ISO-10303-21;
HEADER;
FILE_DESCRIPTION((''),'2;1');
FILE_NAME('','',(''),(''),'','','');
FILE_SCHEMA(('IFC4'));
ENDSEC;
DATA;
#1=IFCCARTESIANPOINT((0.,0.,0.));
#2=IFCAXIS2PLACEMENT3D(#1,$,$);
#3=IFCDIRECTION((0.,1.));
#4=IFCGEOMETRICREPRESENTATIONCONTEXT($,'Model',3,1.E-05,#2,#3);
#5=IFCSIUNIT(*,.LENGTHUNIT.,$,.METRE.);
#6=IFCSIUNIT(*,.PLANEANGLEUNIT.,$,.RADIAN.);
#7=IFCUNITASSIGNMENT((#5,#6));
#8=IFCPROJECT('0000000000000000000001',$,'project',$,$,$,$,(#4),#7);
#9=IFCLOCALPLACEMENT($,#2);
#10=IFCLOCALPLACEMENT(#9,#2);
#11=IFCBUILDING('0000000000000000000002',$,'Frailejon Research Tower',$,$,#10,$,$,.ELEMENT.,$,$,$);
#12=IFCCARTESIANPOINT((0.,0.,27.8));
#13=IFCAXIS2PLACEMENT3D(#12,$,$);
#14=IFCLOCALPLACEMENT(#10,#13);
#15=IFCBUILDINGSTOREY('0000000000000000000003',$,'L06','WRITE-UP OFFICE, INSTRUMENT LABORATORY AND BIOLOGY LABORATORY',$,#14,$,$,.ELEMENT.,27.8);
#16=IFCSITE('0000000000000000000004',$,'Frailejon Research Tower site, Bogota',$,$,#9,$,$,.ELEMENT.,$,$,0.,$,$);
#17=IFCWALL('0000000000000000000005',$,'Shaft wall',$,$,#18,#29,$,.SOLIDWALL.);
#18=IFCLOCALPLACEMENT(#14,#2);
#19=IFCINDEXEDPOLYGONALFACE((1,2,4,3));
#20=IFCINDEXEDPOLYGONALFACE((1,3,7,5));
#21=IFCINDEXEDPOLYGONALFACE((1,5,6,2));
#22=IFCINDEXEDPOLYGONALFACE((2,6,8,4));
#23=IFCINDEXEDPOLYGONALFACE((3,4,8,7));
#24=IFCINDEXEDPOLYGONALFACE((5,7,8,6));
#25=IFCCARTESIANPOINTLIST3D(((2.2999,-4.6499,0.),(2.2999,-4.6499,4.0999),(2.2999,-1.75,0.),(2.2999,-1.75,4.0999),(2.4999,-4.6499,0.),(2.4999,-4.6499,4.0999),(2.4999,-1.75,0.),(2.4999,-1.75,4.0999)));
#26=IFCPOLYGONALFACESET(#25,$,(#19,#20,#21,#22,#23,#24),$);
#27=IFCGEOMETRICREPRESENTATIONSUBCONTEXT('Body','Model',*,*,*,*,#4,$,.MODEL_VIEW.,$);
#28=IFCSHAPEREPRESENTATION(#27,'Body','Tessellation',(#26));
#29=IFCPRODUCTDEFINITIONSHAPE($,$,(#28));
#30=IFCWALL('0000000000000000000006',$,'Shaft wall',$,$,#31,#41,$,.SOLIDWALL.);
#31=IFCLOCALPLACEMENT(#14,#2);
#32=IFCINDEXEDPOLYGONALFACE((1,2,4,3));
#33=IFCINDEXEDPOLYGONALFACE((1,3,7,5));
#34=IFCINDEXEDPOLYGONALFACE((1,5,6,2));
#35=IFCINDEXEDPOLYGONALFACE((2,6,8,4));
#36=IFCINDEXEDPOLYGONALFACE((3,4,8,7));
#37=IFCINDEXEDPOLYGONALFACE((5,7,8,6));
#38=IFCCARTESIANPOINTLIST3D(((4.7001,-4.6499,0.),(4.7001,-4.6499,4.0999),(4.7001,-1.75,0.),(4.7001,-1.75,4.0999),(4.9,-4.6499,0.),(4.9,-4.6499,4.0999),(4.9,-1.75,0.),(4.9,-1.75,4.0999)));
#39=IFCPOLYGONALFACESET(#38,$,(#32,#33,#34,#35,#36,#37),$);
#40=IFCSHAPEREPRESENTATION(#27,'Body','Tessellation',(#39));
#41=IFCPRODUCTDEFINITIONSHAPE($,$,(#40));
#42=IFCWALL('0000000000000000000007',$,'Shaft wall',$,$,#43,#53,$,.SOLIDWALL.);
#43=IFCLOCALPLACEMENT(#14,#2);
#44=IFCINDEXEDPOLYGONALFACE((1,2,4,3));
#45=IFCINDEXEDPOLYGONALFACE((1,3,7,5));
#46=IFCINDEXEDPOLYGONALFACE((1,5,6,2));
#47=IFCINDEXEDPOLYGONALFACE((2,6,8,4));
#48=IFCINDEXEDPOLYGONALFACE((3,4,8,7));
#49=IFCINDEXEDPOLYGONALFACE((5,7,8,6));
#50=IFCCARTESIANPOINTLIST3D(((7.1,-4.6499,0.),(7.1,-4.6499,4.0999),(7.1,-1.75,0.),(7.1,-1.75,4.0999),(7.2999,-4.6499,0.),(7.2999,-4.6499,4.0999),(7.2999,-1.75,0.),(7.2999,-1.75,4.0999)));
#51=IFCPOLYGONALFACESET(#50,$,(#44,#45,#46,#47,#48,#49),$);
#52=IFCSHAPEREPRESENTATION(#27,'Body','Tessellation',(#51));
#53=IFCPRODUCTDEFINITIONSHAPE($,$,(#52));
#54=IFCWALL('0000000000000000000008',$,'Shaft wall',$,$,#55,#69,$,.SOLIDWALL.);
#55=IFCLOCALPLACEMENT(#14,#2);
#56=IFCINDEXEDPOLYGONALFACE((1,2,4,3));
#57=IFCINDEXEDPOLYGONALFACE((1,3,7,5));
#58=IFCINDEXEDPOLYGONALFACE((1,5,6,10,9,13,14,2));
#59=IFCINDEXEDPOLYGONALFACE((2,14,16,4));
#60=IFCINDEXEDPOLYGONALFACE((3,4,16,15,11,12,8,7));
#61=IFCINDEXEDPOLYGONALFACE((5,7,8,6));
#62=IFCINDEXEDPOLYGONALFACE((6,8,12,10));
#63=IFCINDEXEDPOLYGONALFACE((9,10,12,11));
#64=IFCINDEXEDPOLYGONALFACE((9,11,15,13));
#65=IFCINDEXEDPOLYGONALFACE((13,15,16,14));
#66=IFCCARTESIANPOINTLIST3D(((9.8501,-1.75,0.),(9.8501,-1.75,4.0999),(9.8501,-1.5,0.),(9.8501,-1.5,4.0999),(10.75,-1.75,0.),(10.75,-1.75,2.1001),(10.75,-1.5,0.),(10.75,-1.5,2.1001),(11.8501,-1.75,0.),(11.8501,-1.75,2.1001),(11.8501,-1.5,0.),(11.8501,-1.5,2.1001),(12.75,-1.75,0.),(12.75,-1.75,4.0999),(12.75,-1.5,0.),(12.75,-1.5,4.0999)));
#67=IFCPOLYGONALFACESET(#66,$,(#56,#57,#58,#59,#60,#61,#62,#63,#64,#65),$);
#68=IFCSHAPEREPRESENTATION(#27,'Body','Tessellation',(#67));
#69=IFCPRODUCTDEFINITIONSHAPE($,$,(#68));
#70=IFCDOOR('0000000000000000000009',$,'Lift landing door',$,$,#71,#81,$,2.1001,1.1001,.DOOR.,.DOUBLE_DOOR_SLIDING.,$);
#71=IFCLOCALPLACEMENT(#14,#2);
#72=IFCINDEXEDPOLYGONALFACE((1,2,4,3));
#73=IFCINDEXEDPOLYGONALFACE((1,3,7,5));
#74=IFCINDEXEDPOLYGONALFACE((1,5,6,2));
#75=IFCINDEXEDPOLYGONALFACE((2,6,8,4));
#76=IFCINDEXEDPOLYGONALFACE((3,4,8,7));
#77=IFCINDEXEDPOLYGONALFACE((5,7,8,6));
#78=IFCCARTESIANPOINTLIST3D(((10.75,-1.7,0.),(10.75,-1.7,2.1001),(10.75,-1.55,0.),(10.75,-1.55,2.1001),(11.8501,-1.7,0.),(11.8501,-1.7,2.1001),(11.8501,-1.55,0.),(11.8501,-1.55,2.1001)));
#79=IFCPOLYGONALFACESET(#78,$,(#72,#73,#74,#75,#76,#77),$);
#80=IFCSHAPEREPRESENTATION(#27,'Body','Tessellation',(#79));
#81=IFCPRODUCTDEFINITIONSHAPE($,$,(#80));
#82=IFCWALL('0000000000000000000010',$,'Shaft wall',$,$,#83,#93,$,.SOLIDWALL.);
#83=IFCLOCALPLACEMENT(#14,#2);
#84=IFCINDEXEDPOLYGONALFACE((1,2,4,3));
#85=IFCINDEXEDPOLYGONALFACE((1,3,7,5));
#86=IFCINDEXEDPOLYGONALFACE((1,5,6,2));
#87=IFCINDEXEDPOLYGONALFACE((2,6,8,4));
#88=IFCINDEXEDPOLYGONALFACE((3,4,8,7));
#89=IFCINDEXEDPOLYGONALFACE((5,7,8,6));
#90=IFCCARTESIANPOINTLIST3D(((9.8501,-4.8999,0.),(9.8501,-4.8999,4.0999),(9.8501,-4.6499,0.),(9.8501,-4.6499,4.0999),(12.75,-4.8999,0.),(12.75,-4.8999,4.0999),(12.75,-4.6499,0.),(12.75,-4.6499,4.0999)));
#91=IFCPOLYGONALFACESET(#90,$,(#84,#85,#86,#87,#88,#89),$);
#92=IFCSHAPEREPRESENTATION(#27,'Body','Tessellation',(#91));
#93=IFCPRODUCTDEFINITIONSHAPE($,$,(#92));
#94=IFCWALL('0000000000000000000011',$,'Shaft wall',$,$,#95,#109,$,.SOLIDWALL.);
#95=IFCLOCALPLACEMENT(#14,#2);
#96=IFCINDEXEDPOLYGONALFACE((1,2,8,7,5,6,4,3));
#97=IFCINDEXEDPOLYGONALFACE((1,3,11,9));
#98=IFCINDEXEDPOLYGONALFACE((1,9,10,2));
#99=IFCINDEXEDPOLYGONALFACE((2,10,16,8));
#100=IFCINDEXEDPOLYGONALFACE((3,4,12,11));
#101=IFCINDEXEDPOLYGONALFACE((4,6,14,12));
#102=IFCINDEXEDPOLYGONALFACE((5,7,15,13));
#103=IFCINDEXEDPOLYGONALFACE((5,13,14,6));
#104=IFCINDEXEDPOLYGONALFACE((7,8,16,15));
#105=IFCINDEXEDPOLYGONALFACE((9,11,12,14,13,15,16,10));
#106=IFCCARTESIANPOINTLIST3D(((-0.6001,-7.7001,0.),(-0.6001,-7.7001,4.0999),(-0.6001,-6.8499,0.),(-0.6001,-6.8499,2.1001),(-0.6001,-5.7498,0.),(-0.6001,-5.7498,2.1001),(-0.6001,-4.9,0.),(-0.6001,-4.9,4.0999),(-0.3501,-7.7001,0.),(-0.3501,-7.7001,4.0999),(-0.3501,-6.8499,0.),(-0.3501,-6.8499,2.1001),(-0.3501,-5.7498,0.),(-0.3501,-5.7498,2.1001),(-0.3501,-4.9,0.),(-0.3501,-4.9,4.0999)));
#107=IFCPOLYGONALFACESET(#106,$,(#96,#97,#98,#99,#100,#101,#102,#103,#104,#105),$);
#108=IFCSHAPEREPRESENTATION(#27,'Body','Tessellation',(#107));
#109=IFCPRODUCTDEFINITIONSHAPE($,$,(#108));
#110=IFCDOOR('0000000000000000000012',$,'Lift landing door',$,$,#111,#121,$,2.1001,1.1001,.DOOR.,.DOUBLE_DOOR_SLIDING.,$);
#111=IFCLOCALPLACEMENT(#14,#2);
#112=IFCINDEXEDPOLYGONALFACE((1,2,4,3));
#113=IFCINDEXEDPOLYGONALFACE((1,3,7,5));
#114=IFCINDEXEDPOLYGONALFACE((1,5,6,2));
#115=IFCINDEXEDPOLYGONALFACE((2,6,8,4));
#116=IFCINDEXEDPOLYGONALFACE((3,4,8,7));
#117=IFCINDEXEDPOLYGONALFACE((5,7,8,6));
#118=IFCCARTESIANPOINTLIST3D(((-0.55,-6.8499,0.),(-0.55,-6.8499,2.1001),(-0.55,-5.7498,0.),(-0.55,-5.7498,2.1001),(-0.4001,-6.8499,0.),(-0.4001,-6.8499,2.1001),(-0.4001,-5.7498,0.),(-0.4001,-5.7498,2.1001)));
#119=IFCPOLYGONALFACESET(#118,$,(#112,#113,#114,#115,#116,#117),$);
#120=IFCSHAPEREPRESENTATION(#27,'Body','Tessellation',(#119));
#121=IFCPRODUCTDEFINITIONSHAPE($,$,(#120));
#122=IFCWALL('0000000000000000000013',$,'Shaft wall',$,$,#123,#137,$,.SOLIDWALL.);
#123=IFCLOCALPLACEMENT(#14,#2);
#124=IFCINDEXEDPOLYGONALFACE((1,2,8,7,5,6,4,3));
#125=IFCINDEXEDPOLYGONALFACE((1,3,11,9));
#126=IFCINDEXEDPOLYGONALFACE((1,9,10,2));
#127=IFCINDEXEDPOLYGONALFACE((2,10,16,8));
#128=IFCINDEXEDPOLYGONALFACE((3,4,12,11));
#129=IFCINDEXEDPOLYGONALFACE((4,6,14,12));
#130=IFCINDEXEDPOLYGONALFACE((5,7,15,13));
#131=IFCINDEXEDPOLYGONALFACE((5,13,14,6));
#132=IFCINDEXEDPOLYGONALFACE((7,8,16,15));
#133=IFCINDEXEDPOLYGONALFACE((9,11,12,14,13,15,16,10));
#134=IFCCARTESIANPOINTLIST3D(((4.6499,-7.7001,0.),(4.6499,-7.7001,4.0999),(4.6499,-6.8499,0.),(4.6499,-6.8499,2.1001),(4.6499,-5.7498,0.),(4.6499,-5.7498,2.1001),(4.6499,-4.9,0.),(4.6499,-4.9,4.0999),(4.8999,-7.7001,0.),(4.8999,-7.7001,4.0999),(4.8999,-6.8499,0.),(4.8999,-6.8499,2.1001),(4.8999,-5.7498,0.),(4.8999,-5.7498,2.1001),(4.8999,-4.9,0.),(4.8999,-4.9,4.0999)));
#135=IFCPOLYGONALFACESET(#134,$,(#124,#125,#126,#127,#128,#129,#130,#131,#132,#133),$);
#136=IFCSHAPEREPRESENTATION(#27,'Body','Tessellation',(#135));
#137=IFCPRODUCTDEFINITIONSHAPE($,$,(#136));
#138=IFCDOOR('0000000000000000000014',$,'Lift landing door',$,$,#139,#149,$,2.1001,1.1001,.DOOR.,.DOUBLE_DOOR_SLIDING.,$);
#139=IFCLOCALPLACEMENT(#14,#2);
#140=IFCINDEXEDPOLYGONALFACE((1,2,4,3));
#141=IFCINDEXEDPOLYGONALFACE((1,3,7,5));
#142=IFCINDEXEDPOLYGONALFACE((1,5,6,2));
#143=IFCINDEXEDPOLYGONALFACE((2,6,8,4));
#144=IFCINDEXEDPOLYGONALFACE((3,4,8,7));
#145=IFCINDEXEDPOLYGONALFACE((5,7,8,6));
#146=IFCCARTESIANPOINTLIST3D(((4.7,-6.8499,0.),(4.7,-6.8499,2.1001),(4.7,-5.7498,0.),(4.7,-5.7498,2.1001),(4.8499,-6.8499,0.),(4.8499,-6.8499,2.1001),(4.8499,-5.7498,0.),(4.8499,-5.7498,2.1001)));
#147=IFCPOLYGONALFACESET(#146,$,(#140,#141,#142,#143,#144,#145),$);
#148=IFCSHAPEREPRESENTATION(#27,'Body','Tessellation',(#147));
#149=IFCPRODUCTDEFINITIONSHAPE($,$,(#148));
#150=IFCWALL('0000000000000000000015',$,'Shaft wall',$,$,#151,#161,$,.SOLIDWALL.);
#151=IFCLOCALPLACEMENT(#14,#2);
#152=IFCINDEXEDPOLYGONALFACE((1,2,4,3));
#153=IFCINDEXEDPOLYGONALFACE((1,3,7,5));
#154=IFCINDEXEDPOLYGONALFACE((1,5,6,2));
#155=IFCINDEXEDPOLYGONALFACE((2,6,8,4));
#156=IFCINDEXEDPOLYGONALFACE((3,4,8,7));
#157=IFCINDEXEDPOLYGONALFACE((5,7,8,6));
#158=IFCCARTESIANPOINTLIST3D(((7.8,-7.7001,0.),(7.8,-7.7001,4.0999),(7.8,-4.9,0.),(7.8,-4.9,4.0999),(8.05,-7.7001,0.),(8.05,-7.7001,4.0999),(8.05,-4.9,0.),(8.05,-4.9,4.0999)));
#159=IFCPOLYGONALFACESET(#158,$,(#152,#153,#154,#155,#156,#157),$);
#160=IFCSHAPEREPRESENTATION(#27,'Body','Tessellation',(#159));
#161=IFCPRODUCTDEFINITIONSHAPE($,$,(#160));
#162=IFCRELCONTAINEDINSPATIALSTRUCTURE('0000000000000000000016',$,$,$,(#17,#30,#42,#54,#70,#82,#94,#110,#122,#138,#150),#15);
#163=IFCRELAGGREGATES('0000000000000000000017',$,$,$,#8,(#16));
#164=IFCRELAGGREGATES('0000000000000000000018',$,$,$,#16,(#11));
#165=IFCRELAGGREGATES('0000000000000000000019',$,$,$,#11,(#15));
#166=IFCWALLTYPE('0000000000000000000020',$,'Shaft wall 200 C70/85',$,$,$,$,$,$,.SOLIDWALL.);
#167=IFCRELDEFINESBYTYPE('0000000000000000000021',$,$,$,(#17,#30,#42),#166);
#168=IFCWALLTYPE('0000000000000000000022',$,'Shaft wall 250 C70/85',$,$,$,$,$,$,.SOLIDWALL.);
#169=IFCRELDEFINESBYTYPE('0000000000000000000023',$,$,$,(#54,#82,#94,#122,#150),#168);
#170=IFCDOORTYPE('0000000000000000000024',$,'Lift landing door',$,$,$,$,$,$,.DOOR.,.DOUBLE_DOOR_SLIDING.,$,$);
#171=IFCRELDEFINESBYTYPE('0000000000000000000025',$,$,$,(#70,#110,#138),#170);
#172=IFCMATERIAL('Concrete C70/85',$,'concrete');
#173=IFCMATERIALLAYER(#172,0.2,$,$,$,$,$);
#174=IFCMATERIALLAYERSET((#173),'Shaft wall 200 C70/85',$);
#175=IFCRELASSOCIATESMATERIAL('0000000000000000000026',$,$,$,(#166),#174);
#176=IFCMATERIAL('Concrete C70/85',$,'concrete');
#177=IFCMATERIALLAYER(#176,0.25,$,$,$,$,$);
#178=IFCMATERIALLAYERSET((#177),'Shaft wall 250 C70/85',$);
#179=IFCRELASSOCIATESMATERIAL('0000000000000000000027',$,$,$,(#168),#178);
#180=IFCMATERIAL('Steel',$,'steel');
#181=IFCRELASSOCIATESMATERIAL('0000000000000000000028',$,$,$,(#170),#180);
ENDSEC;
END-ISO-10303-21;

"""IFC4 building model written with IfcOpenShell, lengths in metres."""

from ifc_helpers import new_model, si_unit, direction, frame, frame_2d, origin, place, context, subcontext, project, spatial, rectangle, extrude, material, layer, layer_set, type_object, element, fill, save


model = new_model("IFC4")

# Units and contexts
model_context = context("Model", 3, precision=1e-05, world=origin(), true_north=direction((0.0, 1.0)))
body_context = subcontext(model_context, "Body", "Model", "MODEL_VIEW")
ifc_project = project(units=[si_unit("LENGTHUNIT", "METRE"), si_unit("PLANEANGLEUNIT", "RADIAN")], contexts=[model_context])

# Site, building, storey
site_placement = place(None, origin())
site = spatial("IfcSite", under=ifc_project, at=site_placement, Name="Frailejon Research Tower site, Bogota", CompositionType="ELEMENT", RefElevation=0.0)
building_placement = place(site_placement, origin())
building = spatial("IfcBuilding", under=site, at=building_placement, Name="Frailejon Research Tower", CompositionType="ELEMENT")
storey_placement = place(building_placement, frame((0.0, 0.0, 27.8)))
storey = spatial("IfcBuildingStorey", under=building, at=storey_placement, Name="L06", Description="WRITE-UP OFFICE, INSTRUMENT LABORATORY AND BIOLOGY LABORATORY", CompositionType="ELEMENT", Elevation=27.8)

# Walls
ifc_material_1 = material(Name="Concrete C70/85", Category="concrete")
ifc_layer_1 = layer(ifc_material_1, 0.2)
ifc_layer_set_1 = layer_set([ifc_layer_1], Name="Shaft wall 200 C70/85")
wall_type_1 = type_object("IfcWallType", Name="Shaft wall 200 C70/85", PredefinedType="SOLIDWALL", material=ifc_layer_set_1)
for number, where, z_axis, x_axis, name in (
    (1, (2.3999, -4.6499, 0.0), (0.0, 0.0, 1.0), (0.0, 1.0, 0.0), "Shaft wall"),
    (2, (4.8, -4.6499, 0.0), (0.0, 0.0, 1.0), (0.0, 1.0, 0.0), "Shaft wall"),
    (3, (7.2, -4.6499, 0.0), (0.0, 0.0, 1.0), (0.0, 1.0, 0.0), "Shaft wall"),
):
    element("IfcWall", number, at=place(storey_placement, frame(where, z_axis=z_axis, x_axis=x_axis)), inside=storey, type_object=wall_type_1, Name=name, PredefinedType="SOLIDWALL", context=body_context, shape_type="SweptSolid", body=[
        extrude(rectangle(XDim=2.8999, YDim=0.2, at=frame_2d((1.45, 0.0))), origin(), (0.0, 0.0, 1.0), 4.0999),
    ])

# Wall, opening, door
ifc_material_2 = material(Name="Concrete C70/85", Category="concrete")
ifc_layer_2 = layer(ifc_material_2, 0.25)
ifc_layer_set_2 = layer_set([ifc_layer_2], Name="Shaft wall 250 C70/85")
wall_type_2 = type_object("IfcWallType", Name="Shaft wall 250 C70/85", PredefinedType="SOLIDWALL", material=ifc_layer_set_2)
wall_1_placement = place(storey_placement, frame((9.8501, -1.625, 0.0), z_axis=(0.0, 0.0, 1.0), x_axis=(1.0, 0.0, 0.0)))
wall_1 = element("IfcWall", 4, at=wall_1_placement, inside=storey, type_object=wall_type_2, Name="Shaft wall", PredefinedType="SOLIDWALL", context=body_context, shape_type="SweptSolid", body=[
    extrude(rectangle(XDim=2.8999, YDim=0.25, at=frame_2d((1.45, 0.0))), origin(), (0.0, 0.0, 1.0), 4.0999),
])
opening_1_placement = place(wall_1_placement, frame((0.8999, 0.0, 0.0)))
opening_1 = element("IfcOpeningElement", 5, at=opening_1_placement, cuts=wall_1, PredefinedType="OPENING", context=body_context, shape_type="SweptSolid", body=[
    extrude(rectangle(XDim=1.1001, YDim=2.1001, at=frame_2d((0.55, 1.05))), frame((0.0, 0.135, 0.0), z_axis=(0.0, -1.0, 0.0), x_axis=(1.0, 0.0, 0.0)), (0.0, 0.0, 1.0), 0.27),
])
ifc_material_3 = material(Name="Steel", Category="steel")
door_type_1 = type_object("IfcDoorType", Name="Lift landing door", OperationType="DOUBLE_DOOR_SLIDING", PredefinedType="DOOR", material=ifc_material_3)
door_1_placement = place(opening_1_placement, origin())
door_1 = element("IfcDoor", 6, at=door_1_placement, inside=storey, type_object=door_type_1, Name="Lift landing door", OperationType="DOUBLE_DOOR_SLIDING", OverallHeight=2.1001, OverallWidth=1.1001, PredefinedType="DOOR", context=body_context, shape_type="SweptSolid", body=[
    extrude(rectangle(XDim=1.1001, YDim=2.1001, at=frame_2d((0.55, 1.05))), frame((0.0, 0.075, 0.0), z_axis=(0.0, -1.0, 0.0), x_axis=(1.0, 0.0, 0.0)), (0.0, 0.0, 1.0), 0.1499),
])
fill(opening_1, door_1)

# Wall
wall_2_placement = place(storey_placement, frame((9.8501, -4.7749, 0.0), z_axis=(0.0, 0.0, 1.0), x_axis=(1.0, 0.0, 0.0)))
element("IfcWall", 7, at=wall_2_placement, inside=storey, type_object=wall_type_2, Name="Shaft wall", PredefinedType="SOLIDWALL", context=body_context, shape_type="SweptSolid", body=[
    extrude(rectangle(XDim=2.8999, YDim=0.25, at=frame_2d((1.45, 0.0))), origin(), (0.0, 0.0, 1.0), 4.0999),
])

# Walls, openings, doors
wall_3_placement = place(storey_placement, frame((-0.4751, -7.7, 0.0), z_axis=(0.0, 0.0, 1.0), x_axis=(0.0, 1.0, 0.0)))
wall_3 = element("IfcWall", 8, at=wall_3_placement, inside=storey, type_object=wall_type_2, Name="Shaft wall", PredefinedType="SOLIDWALL", context=body_context, shape_type="SweptSolid", body=[
    extrude(rectangle(XDim=2.8, YDim=0.25, at=frame_2d((1.3999, 0.0))), origin(), (0.0, 0.0, 1.0), 4.0999),
])
opening_2_placement = place(wall_3_placement, frame((0.8501, 0.0, 0.0)))
opening_2 = element("IfcOpeningElement", 9, at=opening_2_placement, cuts=wall_3, PredefinedType="OPENING", context=body_context, shape_type="SweptSolid", body=[
    extrude(rectangle(XDim=1.1001, YDim=2.1001, at=frame_2d((0.55, 1.05))), frame((0.0, 0.135, 0.0), z_axis=(0.0, -1.0, 0.0), x_axis=(1.0, 0.0, 0.0)), (0.0, 0.0, 1.0), 0.27),
])
door_2_placement = place(opening_2_placement, origin())
door_2 = element("IfcDoor", 10, at=door_2_placement, inside=storey, type_object=door_type_1, Name="Lift landing door", OperationType="DOUBLE_DOOR_SLIDING", OverallHeight=2.1001, OverallWidth=1.1001, PredefinedType="DOOR", context=body_context, shape_type="SweptSolid", body=[
    extrude(rectangle(XDim=1.1001, YDim=2.1001, at=frame_2d((0.55, 1.05))), frame((0.0, 0.075, 0.0), z_axis=(0.0, -1.0, 0.0), x_axis=(1.0, 0.0, 0.0)), (0.0, 0.0, 1.0), 0.1499),
])
fill(opening_2, door_2)
wall_4_placement = place(storey_placement, frame((4.7749, -7.7, 0.0), z_axis=(0.0, 0.0, 1.0), x_axis=(0.0, 1.0, 0.0)))
wall_4 = element("IfcWall", 11, at=wall_4_placement, inside=storey, type_object=wall_type_2, Name="Shaft wall", PredefinedType="SOLIDWALL", context=body_context, shape_type="SweptSolid", body=[
    extrude(rectangle(XDim=2.8, YDim=0.25, at=frame_2d((1.3999, 0.0))), origin(), (0.0, 0.0, 1.0), 4.0999),
])
opening_3_placement = place(wall_4_placement, frame((0.8501, 0.0, 0.0)))
opening_3 = element("IfcOpeningElement", 12, at=opening_3_placement, cuts=wall_4, PredefinedType="OPENING", context=body_context, shape_type="SweptSolid", body=[
    extrude(rectangle(XDim=1.1001, YDim=2.1001, at=frame_2d((0.55, 1.05))), frame((0.0, 0.135, 0.0), z_axis=(0.0, -1.0, 0.0), x_axis=(1.0, 0.0, 0.0)), (0.0, 0.0, 1.0), 0.27),
])
door_3_placement = place(opening_3_placement, origin())
door_3 = element("IfcDoor", 13, at=door_3_placement, inside=storey, type_object=door_type_1, Name="Lift landing door", OperationType="DOUBLE_DOOR_SLIDING", OverallHeight=2.1001, OverallWidth=1.1001, PredefinedType="DOOR", context=body_context, shape_type="SweptSolid", body=[
    extrude(rectangle(XDim=1.1001, YDim=2.1001, at=frame_2d((0.55, 1.05))), frame((0.0, 0.075, 0.0), z_axis=(0.0, -1.0, 0.0), x_axis=(1.0, 0.0, 0.0)), (0.0, 0.0, 1.0), 0.1499),
])
fill(opening_3, door_3)

# Wall
wall_5_placement = place(storey_placement, frame((7.925, -7.7, 0.0), z_axis=(0.0, 0.0, 1.0), x_axis=(0.0, 1.0, 0.0)))
element("IfcWall", 14, at=wall_5_placement, inside=storey, type_object=wall_type_2, Name="Shaft wall", PredefinedType="SOLIDWALL", context=body_context, shape_type="SweptSolid", body=[
    extrude(rectangle(XDim=2.8, YDim=0.25, at=frame_2d((1.3999, 0.0))), origin(), (0.0, 0.0, 1.0), 4.0999),
])

save(model, "model.ifc")
